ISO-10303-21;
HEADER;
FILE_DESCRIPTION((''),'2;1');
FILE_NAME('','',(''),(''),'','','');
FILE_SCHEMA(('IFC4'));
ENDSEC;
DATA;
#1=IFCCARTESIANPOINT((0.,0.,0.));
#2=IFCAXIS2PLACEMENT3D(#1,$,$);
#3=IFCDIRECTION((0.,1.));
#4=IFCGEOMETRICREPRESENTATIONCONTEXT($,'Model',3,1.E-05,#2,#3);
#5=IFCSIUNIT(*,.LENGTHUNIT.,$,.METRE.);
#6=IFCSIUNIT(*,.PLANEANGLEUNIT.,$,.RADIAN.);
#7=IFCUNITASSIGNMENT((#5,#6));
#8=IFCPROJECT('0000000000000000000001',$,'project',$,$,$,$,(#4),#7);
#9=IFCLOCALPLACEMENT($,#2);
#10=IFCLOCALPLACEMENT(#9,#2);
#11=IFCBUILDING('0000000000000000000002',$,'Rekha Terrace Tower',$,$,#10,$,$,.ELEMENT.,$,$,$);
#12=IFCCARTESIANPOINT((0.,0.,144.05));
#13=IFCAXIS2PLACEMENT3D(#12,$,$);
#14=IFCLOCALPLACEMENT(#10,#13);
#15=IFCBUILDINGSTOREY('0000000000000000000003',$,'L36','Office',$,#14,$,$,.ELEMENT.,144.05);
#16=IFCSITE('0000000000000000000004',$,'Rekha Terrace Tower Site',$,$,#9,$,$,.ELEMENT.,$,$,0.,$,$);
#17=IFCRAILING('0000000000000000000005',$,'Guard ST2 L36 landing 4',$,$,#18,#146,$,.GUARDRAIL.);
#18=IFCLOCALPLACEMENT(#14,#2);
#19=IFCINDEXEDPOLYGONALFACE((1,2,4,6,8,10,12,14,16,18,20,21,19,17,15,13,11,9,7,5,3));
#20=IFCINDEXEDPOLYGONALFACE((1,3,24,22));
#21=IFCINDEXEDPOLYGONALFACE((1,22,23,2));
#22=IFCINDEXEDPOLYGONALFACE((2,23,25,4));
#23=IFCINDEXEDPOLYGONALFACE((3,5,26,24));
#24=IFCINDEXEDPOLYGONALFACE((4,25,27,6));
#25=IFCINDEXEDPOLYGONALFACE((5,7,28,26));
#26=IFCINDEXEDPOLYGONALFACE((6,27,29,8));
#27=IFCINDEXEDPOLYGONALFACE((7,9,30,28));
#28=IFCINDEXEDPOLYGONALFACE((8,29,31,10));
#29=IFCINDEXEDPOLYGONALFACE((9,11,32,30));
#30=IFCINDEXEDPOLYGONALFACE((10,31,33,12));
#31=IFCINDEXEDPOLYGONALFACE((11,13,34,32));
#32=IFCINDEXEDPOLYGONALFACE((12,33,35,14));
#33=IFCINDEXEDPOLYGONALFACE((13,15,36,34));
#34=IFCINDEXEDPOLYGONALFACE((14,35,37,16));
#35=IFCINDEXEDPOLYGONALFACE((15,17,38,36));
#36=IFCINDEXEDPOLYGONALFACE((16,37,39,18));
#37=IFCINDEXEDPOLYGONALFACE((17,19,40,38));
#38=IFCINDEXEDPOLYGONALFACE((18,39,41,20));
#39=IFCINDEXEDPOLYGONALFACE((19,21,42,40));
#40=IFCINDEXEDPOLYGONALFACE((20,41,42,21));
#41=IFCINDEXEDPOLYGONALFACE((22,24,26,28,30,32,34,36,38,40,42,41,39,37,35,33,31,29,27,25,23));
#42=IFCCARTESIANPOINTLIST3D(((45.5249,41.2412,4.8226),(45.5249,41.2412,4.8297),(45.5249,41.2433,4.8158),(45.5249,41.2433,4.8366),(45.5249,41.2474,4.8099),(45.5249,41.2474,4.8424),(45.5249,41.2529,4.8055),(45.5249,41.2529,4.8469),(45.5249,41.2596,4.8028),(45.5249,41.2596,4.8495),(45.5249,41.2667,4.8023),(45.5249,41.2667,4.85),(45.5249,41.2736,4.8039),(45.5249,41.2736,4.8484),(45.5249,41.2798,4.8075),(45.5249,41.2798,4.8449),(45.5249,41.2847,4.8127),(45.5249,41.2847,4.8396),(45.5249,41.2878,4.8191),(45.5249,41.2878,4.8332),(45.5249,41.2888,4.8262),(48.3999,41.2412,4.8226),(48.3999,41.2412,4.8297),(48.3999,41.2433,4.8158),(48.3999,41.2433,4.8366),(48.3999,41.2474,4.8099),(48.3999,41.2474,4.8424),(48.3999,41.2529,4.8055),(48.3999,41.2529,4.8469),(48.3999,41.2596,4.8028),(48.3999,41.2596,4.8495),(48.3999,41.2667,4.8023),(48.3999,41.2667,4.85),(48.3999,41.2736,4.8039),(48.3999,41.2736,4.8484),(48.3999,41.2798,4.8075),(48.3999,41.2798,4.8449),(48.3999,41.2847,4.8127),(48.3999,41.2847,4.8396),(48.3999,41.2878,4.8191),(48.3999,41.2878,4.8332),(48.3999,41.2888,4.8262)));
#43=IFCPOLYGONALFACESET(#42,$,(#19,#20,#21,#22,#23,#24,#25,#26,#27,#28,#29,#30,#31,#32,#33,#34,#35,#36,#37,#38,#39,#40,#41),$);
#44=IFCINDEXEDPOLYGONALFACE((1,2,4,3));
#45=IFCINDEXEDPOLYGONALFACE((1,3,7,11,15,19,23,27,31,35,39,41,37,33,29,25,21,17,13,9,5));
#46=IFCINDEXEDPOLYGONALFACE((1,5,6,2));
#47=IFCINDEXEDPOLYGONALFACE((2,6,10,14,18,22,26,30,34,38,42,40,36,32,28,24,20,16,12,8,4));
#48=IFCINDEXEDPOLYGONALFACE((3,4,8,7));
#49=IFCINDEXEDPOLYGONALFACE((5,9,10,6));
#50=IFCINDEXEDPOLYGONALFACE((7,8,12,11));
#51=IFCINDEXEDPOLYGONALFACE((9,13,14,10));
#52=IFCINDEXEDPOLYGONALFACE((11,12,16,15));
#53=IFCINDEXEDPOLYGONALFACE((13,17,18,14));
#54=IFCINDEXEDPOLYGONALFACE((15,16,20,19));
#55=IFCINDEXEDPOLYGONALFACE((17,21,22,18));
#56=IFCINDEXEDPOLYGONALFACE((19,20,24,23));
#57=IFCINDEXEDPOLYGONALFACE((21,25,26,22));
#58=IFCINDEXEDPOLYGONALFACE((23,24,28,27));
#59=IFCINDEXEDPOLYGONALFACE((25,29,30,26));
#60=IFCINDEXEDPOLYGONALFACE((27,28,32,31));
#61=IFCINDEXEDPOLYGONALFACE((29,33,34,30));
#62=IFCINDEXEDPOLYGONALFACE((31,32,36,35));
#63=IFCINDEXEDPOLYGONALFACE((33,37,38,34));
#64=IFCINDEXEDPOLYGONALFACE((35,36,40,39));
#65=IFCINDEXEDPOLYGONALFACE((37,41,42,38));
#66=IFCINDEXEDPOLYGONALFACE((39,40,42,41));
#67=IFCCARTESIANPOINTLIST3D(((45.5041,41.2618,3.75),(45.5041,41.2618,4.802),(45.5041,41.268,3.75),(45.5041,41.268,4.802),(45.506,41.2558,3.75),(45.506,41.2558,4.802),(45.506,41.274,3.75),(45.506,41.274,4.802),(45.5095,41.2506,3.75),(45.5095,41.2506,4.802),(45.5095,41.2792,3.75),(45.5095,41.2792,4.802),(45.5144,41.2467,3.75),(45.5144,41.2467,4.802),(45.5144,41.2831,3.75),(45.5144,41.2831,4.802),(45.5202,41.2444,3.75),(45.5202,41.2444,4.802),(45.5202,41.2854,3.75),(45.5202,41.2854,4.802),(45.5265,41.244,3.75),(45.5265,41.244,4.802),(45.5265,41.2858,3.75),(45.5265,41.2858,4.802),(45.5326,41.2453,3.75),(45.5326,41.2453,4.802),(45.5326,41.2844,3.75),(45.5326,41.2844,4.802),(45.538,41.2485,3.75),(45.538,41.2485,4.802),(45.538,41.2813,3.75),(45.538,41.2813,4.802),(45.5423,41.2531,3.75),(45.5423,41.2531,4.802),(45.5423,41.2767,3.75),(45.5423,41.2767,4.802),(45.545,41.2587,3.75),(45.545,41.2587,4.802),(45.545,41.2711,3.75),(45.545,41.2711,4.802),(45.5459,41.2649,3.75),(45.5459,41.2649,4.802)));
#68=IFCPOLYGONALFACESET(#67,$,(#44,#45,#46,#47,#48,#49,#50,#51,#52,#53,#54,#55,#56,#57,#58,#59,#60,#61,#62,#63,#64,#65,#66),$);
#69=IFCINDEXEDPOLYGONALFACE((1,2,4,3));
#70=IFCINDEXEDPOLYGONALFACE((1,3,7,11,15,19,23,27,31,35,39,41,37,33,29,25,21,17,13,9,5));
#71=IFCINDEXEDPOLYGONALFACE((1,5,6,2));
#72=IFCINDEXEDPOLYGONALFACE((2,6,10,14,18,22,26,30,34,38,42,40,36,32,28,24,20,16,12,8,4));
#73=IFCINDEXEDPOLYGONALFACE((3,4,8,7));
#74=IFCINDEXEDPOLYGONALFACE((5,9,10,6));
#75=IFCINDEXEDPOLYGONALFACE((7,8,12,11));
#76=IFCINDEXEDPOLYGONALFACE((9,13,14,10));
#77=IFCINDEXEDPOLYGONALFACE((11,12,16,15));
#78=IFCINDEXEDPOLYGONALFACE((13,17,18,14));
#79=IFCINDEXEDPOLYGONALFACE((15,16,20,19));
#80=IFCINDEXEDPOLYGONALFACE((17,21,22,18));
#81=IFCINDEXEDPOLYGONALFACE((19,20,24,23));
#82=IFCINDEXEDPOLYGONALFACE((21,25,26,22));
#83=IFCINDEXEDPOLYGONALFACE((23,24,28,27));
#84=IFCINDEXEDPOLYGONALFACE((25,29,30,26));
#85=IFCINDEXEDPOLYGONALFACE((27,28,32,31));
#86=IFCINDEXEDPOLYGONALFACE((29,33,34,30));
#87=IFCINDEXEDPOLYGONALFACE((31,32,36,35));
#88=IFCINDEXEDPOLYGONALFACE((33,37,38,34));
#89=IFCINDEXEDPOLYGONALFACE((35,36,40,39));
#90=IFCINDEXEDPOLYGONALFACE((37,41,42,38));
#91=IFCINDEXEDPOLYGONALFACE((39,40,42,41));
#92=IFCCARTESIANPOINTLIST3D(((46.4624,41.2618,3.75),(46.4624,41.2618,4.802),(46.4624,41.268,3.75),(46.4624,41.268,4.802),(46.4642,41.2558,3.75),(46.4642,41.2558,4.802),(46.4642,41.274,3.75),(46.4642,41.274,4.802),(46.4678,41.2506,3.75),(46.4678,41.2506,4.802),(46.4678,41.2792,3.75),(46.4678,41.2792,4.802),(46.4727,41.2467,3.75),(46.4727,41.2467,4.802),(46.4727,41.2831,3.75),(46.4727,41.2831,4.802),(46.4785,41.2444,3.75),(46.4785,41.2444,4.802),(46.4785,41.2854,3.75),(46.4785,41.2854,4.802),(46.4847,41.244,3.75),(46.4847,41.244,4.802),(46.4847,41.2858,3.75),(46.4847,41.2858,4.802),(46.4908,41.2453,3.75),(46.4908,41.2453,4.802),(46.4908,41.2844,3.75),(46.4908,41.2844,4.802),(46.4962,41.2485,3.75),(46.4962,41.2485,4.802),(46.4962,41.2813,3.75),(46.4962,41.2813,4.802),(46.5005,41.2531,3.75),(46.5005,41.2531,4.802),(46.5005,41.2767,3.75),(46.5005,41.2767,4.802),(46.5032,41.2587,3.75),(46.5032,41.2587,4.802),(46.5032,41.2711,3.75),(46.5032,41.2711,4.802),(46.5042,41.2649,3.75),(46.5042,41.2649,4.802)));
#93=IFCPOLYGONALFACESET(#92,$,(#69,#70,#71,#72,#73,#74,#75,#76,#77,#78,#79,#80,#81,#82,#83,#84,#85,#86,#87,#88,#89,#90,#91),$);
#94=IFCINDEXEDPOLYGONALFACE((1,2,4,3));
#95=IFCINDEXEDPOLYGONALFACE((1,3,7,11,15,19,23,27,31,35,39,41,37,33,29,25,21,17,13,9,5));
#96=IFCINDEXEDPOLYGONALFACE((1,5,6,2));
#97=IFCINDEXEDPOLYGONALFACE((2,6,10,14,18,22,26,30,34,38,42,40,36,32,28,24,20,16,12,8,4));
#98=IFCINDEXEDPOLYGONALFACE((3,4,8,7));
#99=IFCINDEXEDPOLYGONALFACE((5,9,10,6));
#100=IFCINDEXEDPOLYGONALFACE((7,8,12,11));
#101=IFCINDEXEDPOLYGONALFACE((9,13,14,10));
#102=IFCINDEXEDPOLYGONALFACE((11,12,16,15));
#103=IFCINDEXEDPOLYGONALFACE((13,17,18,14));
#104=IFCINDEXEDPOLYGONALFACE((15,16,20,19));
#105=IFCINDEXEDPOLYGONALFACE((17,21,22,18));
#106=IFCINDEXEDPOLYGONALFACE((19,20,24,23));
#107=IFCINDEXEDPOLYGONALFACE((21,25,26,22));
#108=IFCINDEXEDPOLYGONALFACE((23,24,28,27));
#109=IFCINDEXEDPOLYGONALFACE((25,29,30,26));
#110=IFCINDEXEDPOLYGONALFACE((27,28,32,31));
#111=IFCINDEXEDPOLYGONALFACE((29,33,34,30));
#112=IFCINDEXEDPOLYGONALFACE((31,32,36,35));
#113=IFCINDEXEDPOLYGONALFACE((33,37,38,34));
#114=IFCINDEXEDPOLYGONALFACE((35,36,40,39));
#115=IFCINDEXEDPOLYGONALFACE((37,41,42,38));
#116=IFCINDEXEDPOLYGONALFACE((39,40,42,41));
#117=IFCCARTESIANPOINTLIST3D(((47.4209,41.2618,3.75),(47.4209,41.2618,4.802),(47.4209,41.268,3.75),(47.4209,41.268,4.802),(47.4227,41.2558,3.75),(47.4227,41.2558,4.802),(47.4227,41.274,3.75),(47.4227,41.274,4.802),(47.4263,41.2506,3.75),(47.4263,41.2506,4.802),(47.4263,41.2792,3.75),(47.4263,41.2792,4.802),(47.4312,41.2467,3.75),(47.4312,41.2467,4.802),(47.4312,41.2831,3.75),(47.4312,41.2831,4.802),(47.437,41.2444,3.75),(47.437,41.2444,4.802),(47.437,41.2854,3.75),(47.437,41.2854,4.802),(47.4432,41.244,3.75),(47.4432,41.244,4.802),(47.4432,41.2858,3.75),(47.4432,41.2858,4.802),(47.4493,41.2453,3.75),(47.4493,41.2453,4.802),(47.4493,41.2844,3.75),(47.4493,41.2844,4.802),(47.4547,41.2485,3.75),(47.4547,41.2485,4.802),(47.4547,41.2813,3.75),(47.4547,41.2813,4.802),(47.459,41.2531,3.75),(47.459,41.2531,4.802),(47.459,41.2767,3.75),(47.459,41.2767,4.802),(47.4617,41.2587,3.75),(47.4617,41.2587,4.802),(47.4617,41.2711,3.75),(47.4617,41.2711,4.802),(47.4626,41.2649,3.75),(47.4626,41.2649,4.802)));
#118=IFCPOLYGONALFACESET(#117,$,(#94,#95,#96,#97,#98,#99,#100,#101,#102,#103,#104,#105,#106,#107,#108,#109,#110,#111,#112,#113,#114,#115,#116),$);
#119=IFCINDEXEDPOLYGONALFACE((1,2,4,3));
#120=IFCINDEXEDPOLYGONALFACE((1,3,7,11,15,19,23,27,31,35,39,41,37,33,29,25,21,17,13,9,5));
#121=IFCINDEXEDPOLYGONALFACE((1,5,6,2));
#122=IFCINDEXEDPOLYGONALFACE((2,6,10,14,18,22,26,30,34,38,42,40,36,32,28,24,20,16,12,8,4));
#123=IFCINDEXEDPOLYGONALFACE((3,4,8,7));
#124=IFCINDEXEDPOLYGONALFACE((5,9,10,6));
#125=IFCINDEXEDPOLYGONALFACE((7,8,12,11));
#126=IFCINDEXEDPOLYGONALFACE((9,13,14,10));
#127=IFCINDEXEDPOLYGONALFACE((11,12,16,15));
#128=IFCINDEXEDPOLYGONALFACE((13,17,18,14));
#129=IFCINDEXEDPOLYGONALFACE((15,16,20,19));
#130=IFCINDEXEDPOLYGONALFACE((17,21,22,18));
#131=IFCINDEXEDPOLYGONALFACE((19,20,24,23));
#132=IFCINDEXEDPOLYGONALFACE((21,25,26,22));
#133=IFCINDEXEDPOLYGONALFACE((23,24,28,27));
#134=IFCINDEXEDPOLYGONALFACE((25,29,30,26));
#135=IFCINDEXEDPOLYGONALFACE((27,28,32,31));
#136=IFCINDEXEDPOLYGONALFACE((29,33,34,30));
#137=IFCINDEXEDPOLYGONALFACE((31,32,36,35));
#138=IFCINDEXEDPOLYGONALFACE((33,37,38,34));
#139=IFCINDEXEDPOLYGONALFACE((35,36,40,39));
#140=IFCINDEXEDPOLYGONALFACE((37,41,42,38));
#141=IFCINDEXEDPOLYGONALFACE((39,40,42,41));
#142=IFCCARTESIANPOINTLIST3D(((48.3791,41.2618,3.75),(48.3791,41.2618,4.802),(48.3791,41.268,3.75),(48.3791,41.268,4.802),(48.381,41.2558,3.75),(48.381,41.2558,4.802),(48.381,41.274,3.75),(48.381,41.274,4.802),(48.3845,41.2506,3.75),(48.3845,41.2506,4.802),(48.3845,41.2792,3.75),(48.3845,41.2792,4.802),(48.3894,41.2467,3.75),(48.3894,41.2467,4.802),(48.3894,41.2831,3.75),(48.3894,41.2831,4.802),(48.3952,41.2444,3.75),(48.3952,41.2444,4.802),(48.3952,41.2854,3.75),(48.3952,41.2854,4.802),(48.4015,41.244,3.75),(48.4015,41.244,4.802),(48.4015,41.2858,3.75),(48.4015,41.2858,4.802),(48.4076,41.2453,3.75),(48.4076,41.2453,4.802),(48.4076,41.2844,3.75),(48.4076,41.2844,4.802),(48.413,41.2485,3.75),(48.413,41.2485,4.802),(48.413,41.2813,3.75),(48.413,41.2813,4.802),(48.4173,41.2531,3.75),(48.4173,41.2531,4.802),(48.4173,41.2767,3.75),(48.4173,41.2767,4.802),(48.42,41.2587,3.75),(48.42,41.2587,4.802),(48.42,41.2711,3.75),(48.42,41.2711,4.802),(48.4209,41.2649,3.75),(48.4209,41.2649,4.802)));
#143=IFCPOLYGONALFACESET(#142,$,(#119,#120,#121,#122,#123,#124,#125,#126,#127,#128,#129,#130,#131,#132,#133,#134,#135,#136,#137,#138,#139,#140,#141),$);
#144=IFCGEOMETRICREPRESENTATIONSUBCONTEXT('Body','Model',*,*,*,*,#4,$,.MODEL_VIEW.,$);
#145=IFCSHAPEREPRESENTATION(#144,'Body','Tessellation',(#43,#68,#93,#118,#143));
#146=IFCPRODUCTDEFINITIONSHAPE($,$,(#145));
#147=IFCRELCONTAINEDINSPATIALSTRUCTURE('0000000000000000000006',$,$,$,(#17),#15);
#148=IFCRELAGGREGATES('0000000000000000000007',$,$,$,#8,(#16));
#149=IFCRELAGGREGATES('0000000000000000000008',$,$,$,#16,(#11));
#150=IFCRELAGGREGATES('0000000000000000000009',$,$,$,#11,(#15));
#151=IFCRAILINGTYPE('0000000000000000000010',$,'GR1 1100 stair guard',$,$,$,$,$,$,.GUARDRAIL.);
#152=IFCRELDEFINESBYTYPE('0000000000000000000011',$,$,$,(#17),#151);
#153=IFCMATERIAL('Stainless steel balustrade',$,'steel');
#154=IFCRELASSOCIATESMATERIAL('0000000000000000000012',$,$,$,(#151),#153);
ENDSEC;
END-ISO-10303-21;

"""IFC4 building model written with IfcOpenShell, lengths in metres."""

from ifc_helpers import new_model, si_unit, direction, frame, origin, origin_2d, place, context, subcontext, project, spatial, circle, extrude, material, type_object, element, save


model = new_model("IFC4")

# Units and contexts
model_context = context("Model", 3, precision=1e-05, world=origin(), true_north=direction((0.0, 1.0)))
body_context = subcontext(model_context, "Body", "Model", "MODEL_VIEW")
ifc_project = project(units=[si_unit("LENGTHUNIT", "METRE"), si_unit("PLANEANGLEUNIT", "RADIAN")], contexts=[model_context])

# Site, building, storey
site_placement = place(None, origin())
site = spatial("IfcSite", under=ifc_project, at=site_placement, Name="Rekha Terrace Tower Site", CompositionType="ELEMENT", RefElevation=0.0)
building_placement = place(site_placement, origin())
building = spatial("IfcBuilding", under=site, at=building_placement, Name="Rekha Terrace Tower", CompositionType="ELEMENT")
storey_placement = place(building_placement, frame((0.0, 0.0, 144.05)))
storey = spatial("IfcBuildingStorey", under=building, at=storey_placement, Name="L36", Description="Office", CompositionType="ELEMENT", Elevation=144.05)

# Railing
ifc_material_1 = material(Name="Stainless steel balustrade", Category="steel")
railing_type_1 = type_object("IfcRailingType", Name="GR1 1100 stair guard", PredefinedType="GUARDRAIL", material=ifc_material_1)
railing_1_placement = place(storey_placement, frame((45.5249, 41.2649, 3.75)))
element("IfcRailing", 1, at=railing_1_placement, inside=storey, type_object=railing_type_1, Name="Guard ST2 L36 landing 4", PredefinedType="GUARDRAIL", context=body_context, shape_type="SweptSolid", body=[
    extrude(circle(Radius=0.0239, at=origin_2d()), frame((0.0, 0.0, 1.0762), z_axis=(1.0, 0.0, 0.0), x_axis=(0.0, 1.0, 0.0)), (0.0, 0.0, 1.0), 2.875),
    extrude(circle(Radius=0.021, at=origin_2d()), origin(), (0.0, 0.0, 1.0), 1.052),
    extrude(circle(Radius=0.021, at=origin_2d()), frame((0.9583, 0.0, 0.0)), (0.0, 0.0, 1.0), 1.052),
    extrude(circle(Radius=0.021, at=origin_2d()), frame((1.9167, 0.0, 0.0)), (0.0, 0.0, 1.0), 1.052),
    extrude(circle(Radius=0.021, at=origin_2d()), frame((2.875, 0.0, 0.0)), (0.0, 0.0, 1.0), 1.052),
])

save(model, "model.ifc")
